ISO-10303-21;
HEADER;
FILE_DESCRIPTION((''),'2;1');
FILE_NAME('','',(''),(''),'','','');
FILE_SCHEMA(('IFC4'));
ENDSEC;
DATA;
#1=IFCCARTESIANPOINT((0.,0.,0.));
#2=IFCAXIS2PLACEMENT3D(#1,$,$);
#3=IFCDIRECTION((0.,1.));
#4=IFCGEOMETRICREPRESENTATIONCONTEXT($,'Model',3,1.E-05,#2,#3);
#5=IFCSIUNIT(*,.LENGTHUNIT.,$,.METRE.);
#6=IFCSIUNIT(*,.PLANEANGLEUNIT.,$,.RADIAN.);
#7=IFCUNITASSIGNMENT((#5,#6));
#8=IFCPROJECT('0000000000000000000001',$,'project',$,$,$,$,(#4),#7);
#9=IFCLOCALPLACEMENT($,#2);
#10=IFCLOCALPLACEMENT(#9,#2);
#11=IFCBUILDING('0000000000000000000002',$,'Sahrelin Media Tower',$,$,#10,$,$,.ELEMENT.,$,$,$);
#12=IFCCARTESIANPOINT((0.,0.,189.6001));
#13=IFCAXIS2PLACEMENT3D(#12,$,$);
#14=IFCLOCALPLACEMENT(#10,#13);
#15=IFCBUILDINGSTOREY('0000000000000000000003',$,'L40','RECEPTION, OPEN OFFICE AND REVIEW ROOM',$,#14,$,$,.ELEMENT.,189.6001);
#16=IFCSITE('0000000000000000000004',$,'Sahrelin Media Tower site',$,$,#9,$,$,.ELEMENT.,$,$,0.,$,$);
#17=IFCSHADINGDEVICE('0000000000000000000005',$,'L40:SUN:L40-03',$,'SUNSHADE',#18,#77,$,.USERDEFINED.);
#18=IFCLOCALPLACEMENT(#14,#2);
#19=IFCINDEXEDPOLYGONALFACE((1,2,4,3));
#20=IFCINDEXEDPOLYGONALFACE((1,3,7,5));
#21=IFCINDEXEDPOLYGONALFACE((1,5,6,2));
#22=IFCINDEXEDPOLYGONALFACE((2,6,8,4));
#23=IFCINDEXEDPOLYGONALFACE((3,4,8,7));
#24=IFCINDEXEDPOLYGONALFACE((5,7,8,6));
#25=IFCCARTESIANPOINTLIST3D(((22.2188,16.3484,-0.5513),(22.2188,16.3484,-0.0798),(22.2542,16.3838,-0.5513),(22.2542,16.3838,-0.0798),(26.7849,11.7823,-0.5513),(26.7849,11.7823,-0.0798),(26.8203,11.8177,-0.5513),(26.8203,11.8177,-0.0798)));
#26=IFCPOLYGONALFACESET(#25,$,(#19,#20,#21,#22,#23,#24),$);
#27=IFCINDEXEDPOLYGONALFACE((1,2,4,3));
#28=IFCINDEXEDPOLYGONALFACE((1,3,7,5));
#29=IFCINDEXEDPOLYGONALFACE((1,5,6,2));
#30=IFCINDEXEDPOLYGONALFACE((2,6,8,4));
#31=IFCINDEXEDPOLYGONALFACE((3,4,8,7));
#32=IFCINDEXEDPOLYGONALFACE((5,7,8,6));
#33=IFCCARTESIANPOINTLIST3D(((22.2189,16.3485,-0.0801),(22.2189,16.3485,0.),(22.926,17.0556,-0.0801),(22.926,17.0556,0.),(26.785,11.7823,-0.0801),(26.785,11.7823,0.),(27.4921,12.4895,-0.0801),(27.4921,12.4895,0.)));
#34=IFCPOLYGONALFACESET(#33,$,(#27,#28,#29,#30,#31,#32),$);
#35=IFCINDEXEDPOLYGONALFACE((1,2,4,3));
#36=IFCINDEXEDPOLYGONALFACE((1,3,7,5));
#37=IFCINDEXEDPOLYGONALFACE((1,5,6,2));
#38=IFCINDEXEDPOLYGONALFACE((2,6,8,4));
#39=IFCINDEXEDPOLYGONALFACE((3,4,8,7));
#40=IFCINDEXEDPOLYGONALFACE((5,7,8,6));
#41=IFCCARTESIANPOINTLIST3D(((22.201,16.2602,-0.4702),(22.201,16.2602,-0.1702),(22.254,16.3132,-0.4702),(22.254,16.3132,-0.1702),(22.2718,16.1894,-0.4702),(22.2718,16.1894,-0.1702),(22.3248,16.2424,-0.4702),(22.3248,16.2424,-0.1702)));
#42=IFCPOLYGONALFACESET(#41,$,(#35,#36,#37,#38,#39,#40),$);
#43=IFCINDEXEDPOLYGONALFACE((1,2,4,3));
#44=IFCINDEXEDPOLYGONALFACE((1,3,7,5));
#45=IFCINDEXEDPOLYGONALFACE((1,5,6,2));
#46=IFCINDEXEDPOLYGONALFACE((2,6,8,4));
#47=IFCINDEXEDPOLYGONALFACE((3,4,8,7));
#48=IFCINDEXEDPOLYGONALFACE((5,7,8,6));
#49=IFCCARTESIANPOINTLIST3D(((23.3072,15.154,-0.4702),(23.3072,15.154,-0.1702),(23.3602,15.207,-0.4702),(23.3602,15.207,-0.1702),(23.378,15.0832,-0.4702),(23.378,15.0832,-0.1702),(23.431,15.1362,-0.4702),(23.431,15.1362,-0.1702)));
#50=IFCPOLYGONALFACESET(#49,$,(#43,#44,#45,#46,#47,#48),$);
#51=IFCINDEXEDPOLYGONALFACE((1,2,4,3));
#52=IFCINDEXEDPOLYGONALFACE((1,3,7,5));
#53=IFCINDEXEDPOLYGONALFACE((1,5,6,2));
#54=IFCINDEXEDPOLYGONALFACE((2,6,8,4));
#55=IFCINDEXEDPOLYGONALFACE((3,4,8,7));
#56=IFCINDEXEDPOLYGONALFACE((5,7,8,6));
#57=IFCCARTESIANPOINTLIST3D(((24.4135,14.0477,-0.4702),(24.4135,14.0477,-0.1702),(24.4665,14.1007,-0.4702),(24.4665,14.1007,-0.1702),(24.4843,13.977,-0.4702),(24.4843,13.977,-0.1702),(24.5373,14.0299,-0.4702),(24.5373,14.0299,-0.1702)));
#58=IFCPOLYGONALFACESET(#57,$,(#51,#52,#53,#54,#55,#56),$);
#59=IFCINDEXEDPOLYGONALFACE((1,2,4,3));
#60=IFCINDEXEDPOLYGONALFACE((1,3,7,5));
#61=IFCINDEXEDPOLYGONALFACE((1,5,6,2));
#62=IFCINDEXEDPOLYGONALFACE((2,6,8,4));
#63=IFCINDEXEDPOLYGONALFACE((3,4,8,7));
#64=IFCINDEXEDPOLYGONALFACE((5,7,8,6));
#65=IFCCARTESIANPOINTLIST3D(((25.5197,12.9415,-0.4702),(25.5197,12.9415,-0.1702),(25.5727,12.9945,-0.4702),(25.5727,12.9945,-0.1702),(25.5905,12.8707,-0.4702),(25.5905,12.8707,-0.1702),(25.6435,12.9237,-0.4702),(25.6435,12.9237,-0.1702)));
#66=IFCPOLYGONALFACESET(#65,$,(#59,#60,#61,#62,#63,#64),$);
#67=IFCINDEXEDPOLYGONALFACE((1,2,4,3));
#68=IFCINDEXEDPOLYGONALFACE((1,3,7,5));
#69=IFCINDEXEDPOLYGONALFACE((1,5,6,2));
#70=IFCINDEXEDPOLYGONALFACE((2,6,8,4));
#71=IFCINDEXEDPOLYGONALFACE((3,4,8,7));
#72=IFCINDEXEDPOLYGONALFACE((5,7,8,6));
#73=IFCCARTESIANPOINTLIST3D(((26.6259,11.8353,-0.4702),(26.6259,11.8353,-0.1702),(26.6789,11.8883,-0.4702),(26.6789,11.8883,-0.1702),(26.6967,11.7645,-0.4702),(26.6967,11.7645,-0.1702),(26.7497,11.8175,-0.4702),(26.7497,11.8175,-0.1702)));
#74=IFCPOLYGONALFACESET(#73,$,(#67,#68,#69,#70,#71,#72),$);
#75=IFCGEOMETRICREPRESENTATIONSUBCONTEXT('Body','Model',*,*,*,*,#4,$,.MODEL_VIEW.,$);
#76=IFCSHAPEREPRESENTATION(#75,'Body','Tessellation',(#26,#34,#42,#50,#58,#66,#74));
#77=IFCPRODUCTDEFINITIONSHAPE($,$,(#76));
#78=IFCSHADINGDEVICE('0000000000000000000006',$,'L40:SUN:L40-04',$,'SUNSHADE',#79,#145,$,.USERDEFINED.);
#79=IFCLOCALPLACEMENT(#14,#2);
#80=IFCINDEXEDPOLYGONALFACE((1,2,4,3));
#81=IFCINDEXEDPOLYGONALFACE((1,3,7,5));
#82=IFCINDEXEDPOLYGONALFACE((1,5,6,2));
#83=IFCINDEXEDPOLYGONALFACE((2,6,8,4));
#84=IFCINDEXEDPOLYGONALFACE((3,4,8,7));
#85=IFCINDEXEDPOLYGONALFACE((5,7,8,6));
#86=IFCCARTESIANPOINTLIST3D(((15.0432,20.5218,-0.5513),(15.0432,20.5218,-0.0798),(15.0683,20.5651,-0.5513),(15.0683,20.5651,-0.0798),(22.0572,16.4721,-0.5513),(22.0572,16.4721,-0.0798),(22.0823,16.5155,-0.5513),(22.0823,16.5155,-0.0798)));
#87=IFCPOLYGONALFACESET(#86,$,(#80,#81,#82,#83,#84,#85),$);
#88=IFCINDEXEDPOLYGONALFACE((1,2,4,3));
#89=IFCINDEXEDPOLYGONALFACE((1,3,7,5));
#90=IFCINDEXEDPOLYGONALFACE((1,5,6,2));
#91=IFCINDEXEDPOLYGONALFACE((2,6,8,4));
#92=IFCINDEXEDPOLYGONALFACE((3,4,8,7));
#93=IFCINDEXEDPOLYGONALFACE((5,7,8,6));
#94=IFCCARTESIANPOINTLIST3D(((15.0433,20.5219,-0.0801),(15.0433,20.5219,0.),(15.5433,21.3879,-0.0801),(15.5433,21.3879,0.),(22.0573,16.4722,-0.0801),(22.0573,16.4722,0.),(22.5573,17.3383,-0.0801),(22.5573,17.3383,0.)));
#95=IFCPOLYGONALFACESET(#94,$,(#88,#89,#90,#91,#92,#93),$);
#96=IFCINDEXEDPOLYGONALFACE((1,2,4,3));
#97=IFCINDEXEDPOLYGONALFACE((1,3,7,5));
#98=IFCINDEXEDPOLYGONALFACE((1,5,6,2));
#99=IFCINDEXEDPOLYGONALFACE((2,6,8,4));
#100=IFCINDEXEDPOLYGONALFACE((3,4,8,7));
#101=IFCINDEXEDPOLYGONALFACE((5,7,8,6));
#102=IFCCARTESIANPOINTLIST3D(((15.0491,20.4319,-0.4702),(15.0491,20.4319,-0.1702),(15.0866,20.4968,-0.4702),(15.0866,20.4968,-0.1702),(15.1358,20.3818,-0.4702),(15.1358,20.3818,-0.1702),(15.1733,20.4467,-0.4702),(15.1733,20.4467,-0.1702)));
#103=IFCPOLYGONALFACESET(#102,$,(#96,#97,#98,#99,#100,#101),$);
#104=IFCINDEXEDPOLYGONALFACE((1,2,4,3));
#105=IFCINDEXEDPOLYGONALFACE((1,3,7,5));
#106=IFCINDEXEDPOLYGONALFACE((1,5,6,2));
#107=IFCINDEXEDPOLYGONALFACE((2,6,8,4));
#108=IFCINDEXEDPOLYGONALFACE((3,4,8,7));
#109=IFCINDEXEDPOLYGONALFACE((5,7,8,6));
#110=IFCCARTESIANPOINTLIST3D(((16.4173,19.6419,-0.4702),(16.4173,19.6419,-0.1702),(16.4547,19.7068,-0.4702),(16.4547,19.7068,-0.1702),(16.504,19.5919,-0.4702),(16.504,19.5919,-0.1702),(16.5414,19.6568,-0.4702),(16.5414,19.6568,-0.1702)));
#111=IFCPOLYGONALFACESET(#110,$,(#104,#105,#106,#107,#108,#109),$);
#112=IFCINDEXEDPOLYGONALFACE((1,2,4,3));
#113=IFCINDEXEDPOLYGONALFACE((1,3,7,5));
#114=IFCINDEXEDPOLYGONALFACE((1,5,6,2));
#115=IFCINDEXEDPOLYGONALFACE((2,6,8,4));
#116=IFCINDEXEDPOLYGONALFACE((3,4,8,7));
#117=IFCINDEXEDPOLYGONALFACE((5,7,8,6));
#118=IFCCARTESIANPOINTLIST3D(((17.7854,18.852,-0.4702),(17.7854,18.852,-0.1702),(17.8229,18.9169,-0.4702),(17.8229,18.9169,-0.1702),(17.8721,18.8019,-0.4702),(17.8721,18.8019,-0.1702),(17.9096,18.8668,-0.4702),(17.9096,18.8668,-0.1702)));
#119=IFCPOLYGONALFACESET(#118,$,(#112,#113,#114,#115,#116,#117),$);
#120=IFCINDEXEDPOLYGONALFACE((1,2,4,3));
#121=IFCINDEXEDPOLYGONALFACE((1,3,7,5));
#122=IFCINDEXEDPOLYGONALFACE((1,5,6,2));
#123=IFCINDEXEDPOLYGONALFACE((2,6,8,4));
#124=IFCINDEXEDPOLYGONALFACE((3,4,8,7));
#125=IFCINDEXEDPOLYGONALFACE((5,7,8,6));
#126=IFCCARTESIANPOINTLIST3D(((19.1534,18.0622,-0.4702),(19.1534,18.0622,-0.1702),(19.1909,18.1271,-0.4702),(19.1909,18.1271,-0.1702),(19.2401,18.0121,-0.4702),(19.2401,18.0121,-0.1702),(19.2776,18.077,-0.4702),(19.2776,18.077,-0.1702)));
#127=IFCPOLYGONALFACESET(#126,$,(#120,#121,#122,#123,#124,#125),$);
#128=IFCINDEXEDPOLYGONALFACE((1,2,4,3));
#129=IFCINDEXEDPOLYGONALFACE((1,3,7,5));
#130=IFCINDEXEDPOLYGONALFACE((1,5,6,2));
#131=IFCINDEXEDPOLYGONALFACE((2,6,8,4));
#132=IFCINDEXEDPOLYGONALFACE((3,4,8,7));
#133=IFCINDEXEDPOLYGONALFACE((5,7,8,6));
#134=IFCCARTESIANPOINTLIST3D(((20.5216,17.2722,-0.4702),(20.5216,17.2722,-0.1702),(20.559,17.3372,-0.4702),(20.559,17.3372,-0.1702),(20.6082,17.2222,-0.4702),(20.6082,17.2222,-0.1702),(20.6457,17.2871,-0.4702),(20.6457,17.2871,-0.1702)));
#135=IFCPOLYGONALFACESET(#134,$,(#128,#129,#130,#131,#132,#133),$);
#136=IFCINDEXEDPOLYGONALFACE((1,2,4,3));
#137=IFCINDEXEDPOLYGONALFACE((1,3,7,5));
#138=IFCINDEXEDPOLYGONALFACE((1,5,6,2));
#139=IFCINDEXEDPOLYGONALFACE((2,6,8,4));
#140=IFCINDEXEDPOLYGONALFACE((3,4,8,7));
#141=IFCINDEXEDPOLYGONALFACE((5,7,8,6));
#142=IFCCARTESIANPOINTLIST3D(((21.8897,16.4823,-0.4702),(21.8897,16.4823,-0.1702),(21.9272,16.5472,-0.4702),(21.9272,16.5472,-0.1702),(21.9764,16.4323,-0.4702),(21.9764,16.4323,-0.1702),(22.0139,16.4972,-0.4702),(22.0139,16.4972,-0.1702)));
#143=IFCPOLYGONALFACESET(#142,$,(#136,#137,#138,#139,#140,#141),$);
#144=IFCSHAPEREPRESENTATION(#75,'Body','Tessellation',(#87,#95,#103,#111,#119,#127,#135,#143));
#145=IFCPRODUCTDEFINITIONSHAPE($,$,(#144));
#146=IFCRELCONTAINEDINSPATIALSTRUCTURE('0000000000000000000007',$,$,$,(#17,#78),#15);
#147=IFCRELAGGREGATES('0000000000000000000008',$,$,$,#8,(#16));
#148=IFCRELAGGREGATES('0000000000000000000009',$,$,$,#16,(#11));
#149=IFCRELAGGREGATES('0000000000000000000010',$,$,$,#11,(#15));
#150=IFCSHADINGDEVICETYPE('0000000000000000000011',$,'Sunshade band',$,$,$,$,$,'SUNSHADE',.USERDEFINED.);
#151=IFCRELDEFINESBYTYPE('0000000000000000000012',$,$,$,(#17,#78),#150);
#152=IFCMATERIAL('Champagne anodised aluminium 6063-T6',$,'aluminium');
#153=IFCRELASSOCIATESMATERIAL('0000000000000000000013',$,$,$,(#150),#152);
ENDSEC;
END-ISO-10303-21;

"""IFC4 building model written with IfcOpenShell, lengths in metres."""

from ifc_helpers import new_model, si_unit, direction, frame, origin, origin_2d, place, context, subcontext, project, spatial, rectangle, extrude, material, type_object, element, save


model = new_model("IFC4")

# Units and contexts
model_context = context("Model", 3, precision=1e-05, world=origin(), true_north=direction((0.0, 1.0)))
body_context = subcontext(model_context, "Body", "Model", "MODEL_VIEW")
ifc_project = project(units=[si_unit("LENGTHUNIT", "METRE"), si_unit("PLANEANGLEUNIT", "RADIAN")], contexts=[model_context])

# Site, building, storey
site_placement = place(None, origin())
site = spatial("IfcSite", under=ifc_project, at=site_placement, Name="Sahrelin Media Tower site", CompositionType="ELEMENT", RefElevation=0.0)
building_placement = place(site_placement, origin())
building = spatial("IfcBuilding", under=site, at=building_placement, Name="Sahrelin Media Tower", CompositionType="ELEMENT")
storey_placement = place(building_placement, frame((0.0, 0.0, 189.6001)))
storey = spatial("IfcBuildingStorey", under=building, at=storey_placement, Name="L40", Description="RECEPTION, OPEN OFFICE AND REVIEW ROOM", CompositionType="ELEMENT", Elevation=189.6001)

# Shared definitions
ifc_material_1 = material(Name="Champagne anodised aluminium 6063-T6", Category="aluminium")

# Shading devices
placement_1 = place(storey_placement, frame((24.4878, 14.0513, 0.0), z_axis=(0.0, 0.0, 1.0), x_axis=(0.707107, -0.707107, 0.0)))
placement_2 = place(storey_placement, frame((18.5403, 18.4797, 0.0), z_axis=(0.0, 0.0, 1.0), x_axis=(0.866019, -0.500011, 0.0)))
shading_device_type_1 = type_object("IfcShadingDeviceType", Name="Sunshade band", ElementType="SUNSHADE", PredefinedType="USERDEFINED", material=ifc_material_1)
element("IfcShadingDevice", 1, at=placement_1, inside=storey, type_object=shading_device_type_1, Name="L40:SUN:L40-03", ObjectType="SUNSHADE", PredefinedType="USERDEFINED", context=body_context, shape_type="SweptSolid", body=[
    extrude(rectangle(XDim=6.4575, YDim=0.05, at=origin_2d()), frame((0.0, 0.0449, -0.5513)), (0.0, 0.0, 1.0), 0.4714),
    extrude(rectangle(XDim=6.4575, YDim=1.0, at=origin_2d()), frame((0.0, 0.52, -0.0801)), (0.0, 0.0, 1.0), 0.0801),
    extrude(rectangle(XDim=0.1001, YDim=0.075, at=origin_2d()), frame((-3.1289, -0.0176, -0.4702)), (0.0, 0.0, 1.0), 0.3),
    extrude(rectangle(XDim=0.1001, YDim=0.075, at=origin_2d()), frame((-1.5645, -0.0176, -0.4702)), (0.0, 0.0, 1.0), 0.3),
    extrude(rectangle(XDim=0.1001, YDim=0.075, at=origin_2d()), frame((0.0, -0.0176, -0.4702)), (0.0, 0.0, 1.0), 0.3),
    extrude(rectangle(XDim=0.1001, YDim=0.075, at=origin_2d()), frame((1.5645, -0.0176, -0.4702)), (0.0, 0.0, 1.0), 0.3),
    extrude(rectangle(XDim=0.1001, YDim=0.075, at=origin_2d()), frame((3.1289, -0.0176, -0.4702)), (0.0, 0.0, 1.0), 0.3),
])
element("IfcShadingDevice", 2, at=placement_2, inside=storey, type_object=shading_device_type_1, Name="L40:SUN:L40-04", ObjectType="SUNSHADE", PredefinedType="USERDEFINED", context=body_context, shape_type="SweptSolid", body=[
    extrude(rectangle(XDim=8.0991, YDim=0.05, at=origin_2d()), frame((0.0, 0.0449, -0.5513)), (0.0, 0.0, 1.0), 0.4714),
    extrude(rectangle(XDim=8.0991, YDim=1.0, at=origin_2d()), frame((0.0, 0.52, -0.0801)), (0.0, 0.0, 1.0), 0.0801),
    extrude(rectangle(XDim=0.1001, YDim=0.075, at=origin_2d()), frame((-3.9495, -0.0176, -0.4702)), (0.0, 0.0, 1.0), 0.3),
    extrude(rectangle(XDim=0.1001, YDim=0.075, at=origin_2d()), frame((-2.3696, -0.0176, -0.4702)), (0.0, 0.0, 1.0), 0.3),
    extrude(rectangle(XDim=0.1001, YDim=0.075, at=origin_2d()), frame((-0.7898, -0.0176, -0.4702)), (0.0, 0.0, 1.0), 0.3),
    extrude(rectangle(XDim=0.1001, YDim=0.075, at=origin_2d()), frame((0.7898, -0.0176, -0.4702)), (0.0, 0.0, 1.0), 0.3),
    extrude(rectangle(XDim=0.1001, YDim=0.075, at=origin_2d()), frame((2.3696, -0.0176, -0.4702)), (0.0, 0.0, 1.0), 0.3),
    extrude(rectangle(XDim=0.1001, YDim=0.075, at=origin_2d()), frame((3.9495, -0.0176, -0.4702)), (0.0, 0.0, 1.0), 0.3),
])

save(model, "model.ifc")
